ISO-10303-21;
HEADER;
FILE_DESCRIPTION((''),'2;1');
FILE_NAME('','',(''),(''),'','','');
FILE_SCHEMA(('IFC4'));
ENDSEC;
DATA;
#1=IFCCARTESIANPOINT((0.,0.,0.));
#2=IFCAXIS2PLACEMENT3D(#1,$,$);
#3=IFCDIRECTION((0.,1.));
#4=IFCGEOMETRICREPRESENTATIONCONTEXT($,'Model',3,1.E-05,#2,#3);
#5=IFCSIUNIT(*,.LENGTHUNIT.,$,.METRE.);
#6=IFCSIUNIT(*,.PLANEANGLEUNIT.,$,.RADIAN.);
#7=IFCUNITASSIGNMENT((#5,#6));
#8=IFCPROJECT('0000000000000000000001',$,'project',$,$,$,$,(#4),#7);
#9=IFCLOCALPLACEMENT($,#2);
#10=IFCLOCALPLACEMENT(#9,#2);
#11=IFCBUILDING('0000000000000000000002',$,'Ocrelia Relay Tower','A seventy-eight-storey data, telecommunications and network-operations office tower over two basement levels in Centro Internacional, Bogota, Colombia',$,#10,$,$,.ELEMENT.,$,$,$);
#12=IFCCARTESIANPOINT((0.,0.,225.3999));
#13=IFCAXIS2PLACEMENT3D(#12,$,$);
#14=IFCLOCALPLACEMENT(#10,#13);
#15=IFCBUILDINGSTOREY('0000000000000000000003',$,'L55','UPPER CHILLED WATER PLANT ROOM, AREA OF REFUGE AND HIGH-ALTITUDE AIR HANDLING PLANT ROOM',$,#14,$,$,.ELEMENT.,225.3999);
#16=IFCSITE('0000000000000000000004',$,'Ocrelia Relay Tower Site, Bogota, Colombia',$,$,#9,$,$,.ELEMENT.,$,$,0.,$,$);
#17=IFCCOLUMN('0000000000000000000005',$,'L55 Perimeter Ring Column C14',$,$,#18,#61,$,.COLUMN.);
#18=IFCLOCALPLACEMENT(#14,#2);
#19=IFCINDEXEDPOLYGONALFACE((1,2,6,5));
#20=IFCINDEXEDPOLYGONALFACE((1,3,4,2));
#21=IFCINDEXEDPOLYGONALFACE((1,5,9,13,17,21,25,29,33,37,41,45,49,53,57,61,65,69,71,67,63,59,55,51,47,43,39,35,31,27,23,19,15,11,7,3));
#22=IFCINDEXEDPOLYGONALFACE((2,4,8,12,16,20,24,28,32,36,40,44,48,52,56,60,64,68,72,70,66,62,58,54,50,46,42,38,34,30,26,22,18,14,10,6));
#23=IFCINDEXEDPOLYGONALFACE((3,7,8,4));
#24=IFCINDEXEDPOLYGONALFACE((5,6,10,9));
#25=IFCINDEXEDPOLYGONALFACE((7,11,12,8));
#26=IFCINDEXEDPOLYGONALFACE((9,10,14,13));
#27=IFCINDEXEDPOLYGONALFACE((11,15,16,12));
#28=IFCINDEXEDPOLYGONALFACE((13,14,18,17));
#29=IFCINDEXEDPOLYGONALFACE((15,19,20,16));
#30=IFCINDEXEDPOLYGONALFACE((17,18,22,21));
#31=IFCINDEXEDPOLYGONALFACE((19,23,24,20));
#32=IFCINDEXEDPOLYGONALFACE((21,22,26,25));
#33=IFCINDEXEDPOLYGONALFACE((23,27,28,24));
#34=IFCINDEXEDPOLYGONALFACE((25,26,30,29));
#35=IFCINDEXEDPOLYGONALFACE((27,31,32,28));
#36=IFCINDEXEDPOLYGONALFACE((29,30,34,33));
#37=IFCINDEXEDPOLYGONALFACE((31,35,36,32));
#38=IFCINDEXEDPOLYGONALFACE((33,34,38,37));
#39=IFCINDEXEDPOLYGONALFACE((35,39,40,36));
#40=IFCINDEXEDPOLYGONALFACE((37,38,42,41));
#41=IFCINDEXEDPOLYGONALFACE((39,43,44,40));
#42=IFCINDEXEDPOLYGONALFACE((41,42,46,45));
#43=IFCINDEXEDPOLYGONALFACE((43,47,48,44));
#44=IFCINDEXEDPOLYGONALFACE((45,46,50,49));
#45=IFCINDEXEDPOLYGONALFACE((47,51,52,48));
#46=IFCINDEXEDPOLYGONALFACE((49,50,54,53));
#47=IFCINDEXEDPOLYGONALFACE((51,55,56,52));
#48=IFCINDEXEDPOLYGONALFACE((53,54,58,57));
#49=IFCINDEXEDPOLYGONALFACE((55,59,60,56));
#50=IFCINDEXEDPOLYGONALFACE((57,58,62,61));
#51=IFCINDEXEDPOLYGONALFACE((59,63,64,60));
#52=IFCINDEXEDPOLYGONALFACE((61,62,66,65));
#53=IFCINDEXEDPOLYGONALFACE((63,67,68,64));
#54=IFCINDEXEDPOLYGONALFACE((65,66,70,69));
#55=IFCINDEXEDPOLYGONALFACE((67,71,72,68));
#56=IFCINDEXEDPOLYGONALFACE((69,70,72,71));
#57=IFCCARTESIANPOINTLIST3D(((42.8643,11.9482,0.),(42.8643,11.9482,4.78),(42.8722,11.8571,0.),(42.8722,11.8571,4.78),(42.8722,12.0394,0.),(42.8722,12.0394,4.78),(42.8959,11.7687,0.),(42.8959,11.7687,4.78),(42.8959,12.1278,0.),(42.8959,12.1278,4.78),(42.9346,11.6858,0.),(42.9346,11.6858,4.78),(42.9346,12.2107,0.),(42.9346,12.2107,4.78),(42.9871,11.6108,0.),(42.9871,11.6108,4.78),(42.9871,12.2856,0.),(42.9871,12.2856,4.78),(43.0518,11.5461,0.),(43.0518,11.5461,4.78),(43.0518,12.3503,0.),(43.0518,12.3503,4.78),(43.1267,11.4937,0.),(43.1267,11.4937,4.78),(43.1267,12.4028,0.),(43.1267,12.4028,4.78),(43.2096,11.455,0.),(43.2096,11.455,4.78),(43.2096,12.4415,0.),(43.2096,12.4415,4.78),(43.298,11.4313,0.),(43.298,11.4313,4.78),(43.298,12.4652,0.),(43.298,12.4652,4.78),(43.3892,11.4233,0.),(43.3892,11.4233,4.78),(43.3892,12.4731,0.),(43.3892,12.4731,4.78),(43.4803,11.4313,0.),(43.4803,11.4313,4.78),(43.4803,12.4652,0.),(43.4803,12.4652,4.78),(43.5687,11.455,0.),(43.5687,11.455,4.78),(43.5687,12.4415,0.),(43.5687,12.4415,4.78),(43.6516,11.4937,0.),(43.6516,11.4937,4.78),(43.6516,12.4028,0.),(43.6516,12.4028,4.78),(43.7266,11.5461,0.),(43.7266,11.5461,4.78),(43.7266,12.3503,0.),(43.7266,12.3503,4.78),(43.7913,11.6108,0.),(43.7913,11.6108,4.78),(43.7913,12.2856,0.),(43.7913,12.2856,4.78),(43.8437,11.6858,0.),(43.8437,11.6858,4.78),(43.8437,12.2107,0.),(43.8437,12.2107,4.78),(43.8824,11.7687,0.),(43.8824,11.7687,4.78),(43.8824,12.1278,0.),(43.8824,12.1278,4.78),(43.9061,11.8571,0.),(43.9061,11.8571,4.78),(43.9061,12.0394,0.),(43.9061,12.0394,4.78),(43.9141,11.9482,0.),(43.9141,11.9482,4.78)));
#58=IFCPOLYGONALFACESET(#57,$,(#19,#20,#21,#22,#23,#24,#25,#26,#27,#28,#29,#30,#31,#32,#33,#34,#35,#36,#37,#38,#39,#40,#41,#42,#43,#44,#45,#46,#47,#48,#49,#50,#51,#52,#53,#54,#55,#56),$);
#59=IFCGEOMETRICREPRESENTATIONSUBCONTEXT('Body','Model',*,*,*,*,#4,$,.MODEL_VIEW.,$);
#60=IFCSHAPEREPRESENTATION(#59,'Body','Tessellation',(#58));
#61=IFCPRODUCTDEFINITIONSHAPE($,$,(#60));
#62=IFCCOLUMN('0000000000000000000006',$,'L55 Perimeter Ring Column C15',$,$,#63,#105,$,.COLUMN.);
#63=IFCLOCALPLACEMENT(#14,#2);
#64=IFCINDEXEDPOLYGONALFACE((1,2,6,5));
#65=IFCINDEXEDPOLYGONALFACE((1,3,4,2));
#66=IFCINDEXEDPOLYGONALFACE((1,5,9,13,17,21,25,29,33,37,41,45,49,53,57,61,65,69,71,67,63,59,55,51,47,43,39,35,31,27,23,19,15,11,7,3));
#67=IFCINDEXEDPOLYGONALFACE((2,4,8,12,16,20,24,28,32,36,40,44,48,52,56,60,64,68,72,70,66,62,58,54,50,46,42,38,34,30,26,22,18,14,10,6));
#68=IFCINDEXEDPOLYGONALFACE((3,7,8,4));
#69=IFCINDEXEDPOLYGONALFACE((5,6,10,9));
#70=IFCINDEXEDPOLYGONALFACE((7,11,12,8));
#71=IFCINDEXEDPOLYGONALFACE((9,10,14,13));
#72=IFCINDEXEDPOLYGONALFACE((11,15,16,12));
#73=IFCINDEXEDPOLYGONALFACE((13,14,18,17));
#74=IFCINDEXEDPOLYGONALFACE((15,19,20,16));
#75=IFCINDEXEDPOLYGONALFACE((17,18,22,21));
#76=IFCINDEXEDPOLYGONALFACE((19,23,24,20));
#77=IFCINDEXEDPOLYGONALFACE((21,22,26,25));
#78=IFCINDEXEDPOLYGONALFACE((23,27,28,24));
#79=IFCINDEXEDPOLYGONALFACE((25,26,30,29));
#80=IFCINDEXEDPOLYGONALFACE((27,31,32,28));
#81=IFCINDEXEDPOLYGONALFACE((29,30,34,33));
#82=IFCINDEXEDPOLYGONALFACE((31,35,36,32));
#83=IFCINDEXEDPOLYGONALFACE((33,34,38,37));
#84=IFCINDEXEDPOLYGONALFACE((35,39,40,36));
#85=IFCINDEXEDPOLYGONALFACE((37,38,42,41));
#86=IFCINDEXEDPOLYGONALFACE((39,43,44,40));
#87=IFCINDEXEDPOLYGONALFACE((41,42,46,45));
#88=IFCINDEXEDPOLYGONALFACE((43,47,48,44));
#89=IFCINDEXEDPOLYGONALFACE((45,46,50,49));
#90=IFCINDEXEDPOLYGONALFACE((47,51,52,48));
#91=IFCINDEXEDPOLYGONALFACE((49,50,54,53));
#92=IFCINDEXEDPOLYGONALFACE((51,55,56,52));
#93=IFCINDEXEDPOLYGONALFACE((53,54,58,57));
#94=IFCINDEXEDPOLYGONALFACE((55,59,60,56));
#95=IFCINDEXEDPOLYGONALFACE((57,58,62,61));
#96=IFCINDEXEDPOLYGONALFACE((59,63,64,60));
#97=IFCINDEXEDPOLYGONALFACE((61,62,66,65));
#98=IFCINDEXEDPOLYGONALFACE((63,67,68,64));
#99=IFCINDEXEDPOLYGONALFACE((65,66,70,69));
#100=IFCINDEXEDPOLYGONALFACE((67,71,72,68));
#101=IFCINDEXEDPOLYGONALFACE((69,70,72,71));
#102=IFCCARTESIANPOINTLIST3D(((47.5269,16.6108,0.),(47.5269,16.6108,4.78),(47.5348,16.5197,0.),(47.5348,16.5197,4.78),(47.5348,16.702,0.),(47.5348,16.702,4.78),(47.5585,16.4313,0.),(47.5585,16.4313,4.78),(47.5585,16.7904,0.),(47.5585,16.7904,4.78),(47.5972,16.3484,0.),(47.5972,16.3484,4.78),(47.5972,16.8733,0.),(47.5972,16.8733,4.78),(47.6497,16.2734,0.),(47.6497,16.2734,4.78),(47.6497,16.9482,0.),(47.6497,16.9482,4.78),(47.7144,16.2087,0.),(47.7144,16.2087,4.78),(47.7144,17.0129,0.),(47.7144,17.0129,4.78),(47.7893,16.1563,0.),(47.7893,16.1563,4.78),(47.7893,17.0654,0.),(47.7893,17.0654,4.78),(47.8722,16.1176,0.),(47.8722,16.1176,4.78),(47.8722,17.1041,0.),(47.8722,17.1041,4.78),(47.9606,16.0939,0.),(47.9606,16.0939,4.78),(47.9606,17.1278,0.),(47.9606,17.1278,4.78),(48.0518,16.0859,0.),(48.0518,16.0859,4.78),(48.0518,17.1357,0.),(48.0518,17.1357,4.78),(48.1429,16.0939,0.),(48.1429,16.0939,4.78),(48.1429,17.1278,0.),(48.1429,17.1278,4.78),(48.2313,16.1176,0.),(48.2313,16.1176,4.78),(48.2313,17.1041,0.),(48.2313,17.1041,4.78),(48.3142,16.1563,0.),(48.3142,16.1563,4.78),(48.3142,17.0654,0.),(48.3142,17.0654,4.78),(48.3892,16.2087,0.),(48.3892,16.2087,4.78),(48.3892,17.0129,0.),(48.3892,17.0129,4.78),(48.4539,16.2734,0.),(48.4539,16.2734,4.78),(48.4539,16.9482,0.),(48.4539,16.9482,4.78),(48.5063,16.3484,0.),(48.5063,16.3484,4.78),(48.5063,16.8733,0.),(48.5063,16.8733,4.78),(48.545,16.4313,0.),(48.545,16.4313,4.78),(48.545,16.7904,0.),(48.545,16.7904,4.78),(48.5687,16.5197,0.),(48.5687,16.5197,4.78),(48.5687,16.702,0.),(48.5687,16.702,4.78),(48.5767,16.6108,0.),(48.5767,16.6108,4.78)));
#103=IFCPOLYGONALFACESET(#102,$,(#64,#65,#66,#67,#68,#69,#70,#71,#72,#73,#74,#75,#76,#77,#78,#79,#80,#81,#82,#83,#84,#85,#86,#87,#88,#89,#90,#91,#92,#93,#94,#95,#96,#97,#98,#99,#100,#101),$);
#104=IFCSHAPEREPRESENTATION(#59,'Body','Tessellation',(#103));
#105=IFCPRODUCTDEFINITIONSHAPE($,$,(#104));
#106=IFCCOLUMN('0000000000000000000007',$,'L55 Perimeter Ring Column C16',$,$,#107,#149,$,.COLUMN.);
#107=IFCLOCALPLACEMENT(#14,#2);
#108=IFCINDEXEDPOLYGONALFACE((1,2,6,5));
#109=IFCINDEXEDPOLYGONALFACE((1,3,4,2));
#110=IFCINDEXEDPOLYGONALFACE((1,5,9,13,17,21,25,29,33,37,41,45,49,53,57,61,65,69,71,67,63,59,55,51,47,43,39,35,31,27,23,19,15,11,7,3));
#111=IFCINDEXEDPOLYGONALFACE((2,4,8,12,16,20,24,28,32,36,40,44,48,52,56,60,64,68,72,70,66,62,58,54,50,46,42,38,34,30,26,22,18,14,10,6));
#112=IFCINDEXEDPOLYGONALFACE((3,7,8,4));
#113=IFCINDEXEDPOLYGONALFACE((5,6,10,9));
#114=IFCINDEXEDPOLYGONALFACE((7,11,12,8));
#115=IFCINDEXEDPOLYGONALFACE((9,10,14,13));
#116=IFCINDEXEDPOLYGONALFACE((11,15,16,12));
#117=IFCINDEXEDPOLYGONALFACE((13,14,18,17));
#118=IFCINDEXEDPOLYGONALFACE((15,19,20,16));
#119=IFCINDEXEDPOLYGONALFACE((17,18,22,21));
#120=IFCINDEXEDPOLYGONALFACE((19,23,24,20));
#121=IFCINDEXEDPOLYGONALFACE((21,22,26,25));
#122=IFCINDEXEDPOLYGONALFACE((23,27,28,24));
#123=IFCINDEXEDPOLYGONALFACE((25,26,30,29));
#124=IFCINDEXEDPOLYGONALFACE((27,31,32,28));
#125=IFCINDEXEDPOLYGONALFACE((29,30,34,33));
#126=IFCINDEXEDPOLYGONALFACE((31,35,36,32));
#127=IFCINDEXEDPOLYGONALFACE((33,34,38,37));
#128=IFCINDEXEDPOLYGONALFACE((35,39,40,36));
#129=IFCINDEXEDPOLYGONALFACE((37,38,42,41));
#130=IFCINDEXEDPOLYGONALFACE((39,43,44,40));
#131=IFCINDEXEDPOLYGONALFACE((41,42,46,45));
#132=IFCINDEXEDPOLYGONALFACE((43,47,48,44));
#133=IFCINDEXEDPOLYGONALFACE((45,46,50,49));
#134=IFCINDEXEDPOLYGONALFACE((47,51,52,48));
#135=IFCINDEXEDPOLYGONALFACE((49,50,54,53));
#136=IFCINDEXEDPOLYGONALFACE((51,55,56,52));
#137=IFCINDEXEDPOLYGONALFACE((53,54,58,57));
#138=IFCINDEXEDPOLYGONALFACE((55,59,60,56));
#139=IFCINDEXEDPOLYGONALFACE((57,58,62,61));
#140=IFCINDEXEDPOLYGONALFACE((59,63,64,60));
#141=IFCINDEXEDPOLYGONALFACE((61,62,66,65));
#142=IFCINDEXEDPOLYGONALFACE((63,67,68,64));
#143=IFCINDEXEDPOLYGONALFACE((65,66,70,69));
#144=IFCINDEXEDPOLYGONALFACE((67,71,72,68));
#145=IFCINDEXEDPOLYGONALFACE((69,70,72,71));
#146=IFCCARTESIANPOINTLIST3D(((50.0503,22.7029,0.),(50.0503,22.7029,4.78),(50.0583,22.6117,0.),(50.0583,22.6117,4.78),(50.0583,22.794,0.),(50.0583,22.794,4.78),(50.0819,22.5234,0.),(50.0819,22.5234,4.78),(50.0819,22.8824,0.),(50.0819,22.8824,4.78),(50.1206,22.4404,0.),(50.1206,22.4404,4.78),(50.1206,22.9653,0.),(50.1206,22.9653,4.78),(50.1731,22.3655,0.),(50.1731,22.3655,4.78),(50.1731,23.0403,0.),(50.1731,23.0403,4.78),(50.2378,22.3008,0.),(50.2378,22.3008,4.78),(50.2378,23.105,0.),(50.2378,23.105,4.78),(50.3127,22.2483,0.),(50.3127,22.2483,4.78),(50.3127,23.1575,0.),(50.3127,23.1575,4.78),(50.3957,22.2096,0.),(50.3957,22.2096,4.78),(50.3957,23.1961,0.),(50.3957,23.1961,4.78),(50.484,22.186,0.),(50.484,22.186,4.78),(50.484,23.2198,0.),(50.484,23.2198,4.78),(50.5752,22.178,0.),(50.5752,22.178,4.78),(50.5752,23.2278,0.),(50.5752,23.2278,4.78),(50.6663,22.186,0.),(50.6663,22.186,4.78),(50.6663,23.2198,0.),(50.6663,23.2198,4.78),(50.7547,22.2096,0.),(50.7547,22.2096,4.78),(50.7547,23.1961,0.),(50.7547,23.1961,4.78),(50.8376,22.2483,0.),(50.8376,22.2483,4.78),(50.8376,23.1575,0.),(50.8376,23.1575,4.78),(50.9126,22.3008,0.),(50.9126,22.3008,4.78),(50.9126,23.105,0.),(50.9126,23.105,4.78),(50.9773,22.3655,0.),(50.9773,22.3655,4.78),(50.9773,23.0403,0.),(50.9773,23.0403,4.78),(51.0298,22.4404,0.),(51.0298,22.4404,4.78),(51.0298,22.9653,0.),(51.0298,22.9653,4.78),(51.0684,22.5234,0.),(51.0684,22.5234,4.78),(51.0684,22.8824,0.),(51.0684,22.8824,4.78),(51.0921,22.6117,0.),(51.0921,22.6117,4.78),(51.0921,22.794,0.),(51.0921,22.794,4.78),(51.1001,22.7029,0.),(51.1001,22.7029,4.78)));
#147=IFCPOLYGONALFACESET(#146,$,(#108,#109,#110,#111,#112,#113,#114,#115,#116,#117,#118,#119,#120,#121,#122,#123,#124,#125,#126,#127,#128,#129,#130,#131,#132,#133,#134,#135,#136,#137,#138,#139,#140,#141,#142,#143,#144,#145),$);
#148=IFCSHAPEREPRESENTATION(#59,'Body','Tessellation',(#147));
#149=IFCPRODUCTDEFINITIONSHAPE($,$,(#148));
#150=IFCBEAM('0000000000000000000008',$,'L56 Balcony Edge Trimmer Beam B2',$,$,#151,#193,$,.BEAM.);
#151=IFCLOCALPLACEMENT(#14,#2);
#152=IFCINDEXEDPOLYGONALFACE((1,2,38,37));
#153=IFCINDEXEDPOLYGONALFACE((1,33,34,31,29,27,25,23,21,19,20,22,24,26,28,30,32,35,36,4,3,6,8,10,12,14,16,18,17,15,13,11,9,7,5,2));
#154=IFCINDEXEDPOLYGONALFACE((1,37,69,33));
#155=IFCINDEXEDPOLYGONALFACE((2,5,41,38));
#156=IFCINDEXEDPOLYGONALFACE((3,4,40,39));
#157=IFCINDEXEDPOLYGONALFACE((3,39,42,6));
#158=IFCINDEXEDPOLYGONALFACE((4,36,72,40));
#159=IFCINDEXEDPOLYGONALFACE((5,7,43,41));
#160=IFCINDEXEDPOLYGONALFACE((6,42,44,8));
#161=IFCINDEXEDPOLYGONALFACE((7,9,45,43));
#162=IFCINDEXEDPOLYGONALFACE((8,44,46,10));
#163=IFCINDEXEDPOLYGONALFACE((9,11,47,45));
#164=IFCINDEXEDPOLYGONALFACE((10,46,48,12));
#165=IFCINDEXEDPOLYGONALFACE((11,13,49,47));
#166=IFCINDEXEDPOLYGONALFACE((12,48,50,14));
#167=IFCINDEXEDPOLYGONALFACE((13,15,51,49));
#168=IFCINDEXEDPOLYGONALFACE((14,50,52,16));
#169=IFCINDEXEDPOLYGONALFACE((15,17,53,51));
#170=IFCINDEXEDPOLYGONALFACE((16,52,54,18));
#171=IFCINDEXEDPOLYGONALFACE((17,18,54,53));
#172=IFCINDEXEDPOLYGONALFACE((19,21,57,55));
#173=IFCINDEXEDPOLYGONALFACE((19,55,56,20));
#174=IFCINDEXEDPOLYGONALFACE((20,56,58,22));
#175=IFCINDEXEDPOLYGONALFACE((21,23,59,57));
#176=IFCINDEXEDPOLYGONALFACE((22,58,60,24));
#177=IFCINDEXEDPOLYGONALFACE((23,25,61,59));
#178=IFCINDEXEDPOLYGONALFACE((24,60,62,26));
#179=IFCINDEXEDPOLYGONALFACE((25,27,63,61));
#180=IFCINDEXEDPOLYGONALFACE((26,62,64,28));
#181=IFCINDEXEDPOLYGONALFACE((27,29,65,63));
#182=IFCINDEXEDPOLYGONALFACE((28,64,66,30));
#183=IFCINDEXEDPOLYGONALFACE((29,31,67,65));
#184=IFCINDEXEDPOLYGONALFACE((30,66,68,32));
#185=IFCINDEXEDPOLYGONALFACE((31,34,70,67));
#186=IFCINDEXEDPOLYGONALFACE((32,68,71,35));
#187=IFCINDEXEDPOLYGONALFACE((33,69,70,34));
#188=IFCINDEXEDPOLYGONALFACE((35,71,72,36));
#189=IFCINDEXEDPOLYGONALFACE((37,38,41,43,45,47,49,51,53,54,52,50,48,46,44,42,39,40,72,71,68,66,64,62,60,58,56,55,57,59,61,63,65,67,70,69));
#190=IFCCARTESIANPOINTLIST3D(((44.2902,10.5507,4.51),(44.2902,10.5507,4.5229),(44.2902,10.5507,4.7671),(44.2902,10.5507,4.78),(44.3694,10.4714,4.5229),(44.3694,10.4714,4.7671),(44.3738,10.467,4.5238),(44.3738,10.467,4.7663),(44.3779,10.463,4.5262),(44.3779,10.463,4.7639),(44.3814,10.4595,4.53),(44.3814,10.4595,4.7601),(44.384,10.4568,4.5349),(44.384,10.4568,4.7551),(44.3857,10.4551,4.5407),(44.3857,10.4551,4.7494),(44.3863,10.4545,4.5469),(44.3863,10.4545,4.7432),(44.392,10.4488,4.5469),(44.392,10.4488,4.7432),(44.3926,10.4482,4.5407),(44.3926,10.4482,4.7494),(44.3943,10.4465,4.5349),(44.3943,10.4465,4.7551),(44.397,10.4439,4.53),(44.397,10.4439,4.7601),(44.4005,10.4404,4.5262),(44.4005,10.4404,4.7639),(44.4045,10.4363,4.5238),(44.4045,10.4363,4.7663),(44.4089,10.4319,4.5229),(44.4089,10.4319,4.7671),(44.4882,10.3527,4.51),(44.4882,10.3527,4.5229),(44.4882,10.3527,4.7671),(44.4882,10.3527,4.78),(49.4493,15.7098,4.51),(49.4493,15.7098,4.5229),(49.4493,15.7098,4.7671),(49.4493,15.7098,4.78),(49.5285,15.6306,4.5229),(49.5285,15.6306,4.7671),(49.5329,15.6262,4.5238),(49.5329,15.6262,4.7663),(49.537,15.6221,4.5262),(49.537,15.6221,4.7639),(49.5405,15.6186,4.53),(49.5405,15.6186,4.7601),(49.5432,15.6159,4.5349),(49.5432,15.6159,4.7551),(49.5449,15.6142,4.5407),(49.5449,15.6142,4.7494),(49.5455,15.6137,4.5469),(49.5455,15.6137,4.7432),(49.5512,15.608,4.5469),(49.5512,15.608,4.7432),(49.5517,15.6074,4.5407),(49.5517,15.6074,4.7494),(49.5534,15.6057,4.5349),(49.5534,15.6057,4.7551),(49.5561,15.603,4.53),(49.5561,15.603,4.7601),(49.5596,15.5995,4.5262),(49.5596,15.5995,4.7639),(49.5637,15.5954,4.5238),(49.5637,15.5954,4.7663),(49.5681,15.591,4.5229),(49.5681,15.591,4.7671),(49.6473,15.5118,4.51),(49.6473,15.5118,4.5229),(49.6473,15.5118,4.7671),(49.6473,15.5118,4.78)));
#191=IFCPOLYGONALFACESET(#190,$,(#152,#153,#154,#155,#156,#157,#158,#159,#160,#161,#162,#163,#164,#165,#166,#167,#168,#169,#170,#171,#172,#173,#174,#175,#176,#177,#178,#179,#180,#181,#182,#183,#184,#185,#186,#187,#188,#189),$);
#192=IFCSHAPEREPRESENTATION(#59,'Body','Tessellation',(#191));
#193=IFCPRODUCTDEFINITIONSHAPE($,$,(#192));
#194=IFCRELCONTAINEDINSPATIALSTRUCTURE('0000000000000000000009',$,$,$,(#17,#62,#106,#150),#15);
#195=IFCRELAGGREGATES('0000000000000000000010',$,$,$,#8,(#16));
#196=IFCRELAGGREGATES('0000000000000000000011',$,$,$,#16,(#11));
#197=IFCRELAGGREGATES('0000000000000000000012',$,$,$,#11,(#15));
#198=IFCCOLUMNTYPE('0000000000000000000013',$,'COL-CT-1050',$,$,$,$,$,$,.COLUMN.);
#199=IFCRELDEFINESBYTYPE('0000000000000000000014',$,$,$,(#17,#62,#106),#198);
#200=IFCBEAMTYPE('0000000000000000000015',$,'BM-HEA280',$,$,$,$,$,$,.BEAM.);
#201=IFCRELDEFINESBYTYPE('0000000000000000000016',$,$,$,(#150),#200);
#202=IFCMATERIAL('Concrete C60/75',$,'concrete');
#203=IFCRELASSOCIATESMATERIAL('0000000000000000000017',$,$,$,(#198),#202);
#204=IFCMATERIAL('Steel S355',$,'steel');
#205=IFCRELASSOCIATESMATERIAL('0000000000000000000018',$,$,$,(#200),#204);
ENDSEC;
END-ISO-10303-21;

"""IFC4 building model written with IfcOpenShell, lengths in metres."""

from ifc_helpers import new_model, si_unit, direction, frame, origin, origin_2d, place, context, subcontext, project, spatial, circle, i_section, extrude, material, material_profile, profile_set, type_object, element, save


model = new_model("IFC4")

# Units and contexts
model_context = context("Model", 3, precision=1e-05, world=origin(), true_north=direction((0.0, 1.0)))
body_context = subcontext(model_context, "Body", "Model", "MODEL_VIEW")
ifc_project = project(units=[si_unit("LENGTHUNIT", "METRE"), si_unit("PLANEANGLEUNIT", "RADIAN")], contexts=[model_context])

# Site, building, storey
site_placement = place(None, origin())
site = spatial("IfcSite", under=ifc_project, at=site_placement, Name="Ocrelia Relay Tower Site, Bogota, Colombia", CompositionType="ELEMENT", RefElevation=0.0)
building_placement = place(site_placement, origin())
building = spatial("IfcBuilding", under=site, at=building_placement, Name="Ocrelia Relay Tower", Description="A seventy-eight-storey data, telecommunications and network-operations office tower over two basement levels in Centro Internacional, Bogota, Colombia", CompositionType="ELEMENT")
storey_placement = place(building_placement, frame((0.0, 0.0, 225.3999)))
storey = spatial("IfcBuildingStorey", under=building, at=storey_placement, Name="L55", Description="UPPER CHILLED WATER PLANT ROOM, AREA OF REFUGE AND HIGH-ALTITUDE AIR HANDLING PLANT ROOM", CompositionType="ELEMENT", Elevation=225.3999)

# Columns
ifc_material_1 = material(Name="Concrete C60/75", Category="concrete")
ifc_material_profile_1 = material_profile(ifc_material_1, circle(Radius=0.5249, at=origin_2d()), Name="RC-CIR-1050")
ifc_profile_set_1 = profile_set([ifc_material_profile_1], Name="Concrete C60/75")
column_type = type_object("IfcColumnType", Name="COL-CT-1050", PredefinedType="COLUMN", material=ifc_profile_set_1)
for number, where, z_axis, x_axis, name in (
    (1, (43.3892, 11.9482, 0.0), (0.0, 0.0, 1.0), (1.0, 0.0, 0.0), "L55 Perimeter Ring Column C14"),
    (2, (48.0518, 16.6108, 0.0), (0.0, 0.0, 1.0), (1.0, 0.0, 0.0), "L55 Perimeter Ring Column C15"),
    (3, (50.5752, 22.7029, 0.0), (0.0, 0.0, 1.0), (1.0, 0.0, 0.0), "L55 Perimeter Ring Column C16"),
):
    element("IfcColumn", number, at=place(storey_placement, frame(where, z_axis=z_axis, x_axis=x_axis)), inside=storey, type_object=column_type, Name=name, PredefinedType="COLUMN", context=body_context, shape_type="SweptSolid", body=[
        extrude(circle(Radius=0.5249, at=origin_2d()), origin(), (0.0, 0.0, 1.0), 4.78),
    ])

# Beam
ifc_material_2 = material(Name="Steel S355", Category="steel")
ifc_material_profile_2 = material_profile(ifc_material_2, i_section(OverallWidth=0.28, OverallDepth=0.27, WebThickness=0.0081, FlangeThickness=0.0129, FilletRadius=0.0239, at=origin_2d()), Name="HEA 280")
ifc_profile_set_2 = profile_set([ifc_material_profile_2], Name="Steel S355")
beam_type_1 = type_object("IfcBeamType", Name="BM-HEA280", PredefinedType="BEAM", material=ifc_profile_set_2)
beam_1_placement = place(storey_placement, frame((44.3892, 10.4517, 4.645), z_axis=(0.707107, 0.707107, 0.0), x_axis=(-0.707107, 0.707107, 0.0)))
element("IfcBeam", 4, at=beam_1_placement, inside=storey, type_object=beam_type_1, Name="L56 Balcony Edge Trimmer Beam B2", PredefinedType="BEAM", context=body_context, shape_type="SweptSolid", body=[
    extrude(i_section(OverallWidth=0.28, OverallDepth=0.27, WebThickness=0.0081, FlangeThickness=0.0129, FilletRadius=0.0239, at=origin_2d()), origin(), (0.0, 0.0, 1.0), 7.2961),
])

save(model, "model.ifc")
